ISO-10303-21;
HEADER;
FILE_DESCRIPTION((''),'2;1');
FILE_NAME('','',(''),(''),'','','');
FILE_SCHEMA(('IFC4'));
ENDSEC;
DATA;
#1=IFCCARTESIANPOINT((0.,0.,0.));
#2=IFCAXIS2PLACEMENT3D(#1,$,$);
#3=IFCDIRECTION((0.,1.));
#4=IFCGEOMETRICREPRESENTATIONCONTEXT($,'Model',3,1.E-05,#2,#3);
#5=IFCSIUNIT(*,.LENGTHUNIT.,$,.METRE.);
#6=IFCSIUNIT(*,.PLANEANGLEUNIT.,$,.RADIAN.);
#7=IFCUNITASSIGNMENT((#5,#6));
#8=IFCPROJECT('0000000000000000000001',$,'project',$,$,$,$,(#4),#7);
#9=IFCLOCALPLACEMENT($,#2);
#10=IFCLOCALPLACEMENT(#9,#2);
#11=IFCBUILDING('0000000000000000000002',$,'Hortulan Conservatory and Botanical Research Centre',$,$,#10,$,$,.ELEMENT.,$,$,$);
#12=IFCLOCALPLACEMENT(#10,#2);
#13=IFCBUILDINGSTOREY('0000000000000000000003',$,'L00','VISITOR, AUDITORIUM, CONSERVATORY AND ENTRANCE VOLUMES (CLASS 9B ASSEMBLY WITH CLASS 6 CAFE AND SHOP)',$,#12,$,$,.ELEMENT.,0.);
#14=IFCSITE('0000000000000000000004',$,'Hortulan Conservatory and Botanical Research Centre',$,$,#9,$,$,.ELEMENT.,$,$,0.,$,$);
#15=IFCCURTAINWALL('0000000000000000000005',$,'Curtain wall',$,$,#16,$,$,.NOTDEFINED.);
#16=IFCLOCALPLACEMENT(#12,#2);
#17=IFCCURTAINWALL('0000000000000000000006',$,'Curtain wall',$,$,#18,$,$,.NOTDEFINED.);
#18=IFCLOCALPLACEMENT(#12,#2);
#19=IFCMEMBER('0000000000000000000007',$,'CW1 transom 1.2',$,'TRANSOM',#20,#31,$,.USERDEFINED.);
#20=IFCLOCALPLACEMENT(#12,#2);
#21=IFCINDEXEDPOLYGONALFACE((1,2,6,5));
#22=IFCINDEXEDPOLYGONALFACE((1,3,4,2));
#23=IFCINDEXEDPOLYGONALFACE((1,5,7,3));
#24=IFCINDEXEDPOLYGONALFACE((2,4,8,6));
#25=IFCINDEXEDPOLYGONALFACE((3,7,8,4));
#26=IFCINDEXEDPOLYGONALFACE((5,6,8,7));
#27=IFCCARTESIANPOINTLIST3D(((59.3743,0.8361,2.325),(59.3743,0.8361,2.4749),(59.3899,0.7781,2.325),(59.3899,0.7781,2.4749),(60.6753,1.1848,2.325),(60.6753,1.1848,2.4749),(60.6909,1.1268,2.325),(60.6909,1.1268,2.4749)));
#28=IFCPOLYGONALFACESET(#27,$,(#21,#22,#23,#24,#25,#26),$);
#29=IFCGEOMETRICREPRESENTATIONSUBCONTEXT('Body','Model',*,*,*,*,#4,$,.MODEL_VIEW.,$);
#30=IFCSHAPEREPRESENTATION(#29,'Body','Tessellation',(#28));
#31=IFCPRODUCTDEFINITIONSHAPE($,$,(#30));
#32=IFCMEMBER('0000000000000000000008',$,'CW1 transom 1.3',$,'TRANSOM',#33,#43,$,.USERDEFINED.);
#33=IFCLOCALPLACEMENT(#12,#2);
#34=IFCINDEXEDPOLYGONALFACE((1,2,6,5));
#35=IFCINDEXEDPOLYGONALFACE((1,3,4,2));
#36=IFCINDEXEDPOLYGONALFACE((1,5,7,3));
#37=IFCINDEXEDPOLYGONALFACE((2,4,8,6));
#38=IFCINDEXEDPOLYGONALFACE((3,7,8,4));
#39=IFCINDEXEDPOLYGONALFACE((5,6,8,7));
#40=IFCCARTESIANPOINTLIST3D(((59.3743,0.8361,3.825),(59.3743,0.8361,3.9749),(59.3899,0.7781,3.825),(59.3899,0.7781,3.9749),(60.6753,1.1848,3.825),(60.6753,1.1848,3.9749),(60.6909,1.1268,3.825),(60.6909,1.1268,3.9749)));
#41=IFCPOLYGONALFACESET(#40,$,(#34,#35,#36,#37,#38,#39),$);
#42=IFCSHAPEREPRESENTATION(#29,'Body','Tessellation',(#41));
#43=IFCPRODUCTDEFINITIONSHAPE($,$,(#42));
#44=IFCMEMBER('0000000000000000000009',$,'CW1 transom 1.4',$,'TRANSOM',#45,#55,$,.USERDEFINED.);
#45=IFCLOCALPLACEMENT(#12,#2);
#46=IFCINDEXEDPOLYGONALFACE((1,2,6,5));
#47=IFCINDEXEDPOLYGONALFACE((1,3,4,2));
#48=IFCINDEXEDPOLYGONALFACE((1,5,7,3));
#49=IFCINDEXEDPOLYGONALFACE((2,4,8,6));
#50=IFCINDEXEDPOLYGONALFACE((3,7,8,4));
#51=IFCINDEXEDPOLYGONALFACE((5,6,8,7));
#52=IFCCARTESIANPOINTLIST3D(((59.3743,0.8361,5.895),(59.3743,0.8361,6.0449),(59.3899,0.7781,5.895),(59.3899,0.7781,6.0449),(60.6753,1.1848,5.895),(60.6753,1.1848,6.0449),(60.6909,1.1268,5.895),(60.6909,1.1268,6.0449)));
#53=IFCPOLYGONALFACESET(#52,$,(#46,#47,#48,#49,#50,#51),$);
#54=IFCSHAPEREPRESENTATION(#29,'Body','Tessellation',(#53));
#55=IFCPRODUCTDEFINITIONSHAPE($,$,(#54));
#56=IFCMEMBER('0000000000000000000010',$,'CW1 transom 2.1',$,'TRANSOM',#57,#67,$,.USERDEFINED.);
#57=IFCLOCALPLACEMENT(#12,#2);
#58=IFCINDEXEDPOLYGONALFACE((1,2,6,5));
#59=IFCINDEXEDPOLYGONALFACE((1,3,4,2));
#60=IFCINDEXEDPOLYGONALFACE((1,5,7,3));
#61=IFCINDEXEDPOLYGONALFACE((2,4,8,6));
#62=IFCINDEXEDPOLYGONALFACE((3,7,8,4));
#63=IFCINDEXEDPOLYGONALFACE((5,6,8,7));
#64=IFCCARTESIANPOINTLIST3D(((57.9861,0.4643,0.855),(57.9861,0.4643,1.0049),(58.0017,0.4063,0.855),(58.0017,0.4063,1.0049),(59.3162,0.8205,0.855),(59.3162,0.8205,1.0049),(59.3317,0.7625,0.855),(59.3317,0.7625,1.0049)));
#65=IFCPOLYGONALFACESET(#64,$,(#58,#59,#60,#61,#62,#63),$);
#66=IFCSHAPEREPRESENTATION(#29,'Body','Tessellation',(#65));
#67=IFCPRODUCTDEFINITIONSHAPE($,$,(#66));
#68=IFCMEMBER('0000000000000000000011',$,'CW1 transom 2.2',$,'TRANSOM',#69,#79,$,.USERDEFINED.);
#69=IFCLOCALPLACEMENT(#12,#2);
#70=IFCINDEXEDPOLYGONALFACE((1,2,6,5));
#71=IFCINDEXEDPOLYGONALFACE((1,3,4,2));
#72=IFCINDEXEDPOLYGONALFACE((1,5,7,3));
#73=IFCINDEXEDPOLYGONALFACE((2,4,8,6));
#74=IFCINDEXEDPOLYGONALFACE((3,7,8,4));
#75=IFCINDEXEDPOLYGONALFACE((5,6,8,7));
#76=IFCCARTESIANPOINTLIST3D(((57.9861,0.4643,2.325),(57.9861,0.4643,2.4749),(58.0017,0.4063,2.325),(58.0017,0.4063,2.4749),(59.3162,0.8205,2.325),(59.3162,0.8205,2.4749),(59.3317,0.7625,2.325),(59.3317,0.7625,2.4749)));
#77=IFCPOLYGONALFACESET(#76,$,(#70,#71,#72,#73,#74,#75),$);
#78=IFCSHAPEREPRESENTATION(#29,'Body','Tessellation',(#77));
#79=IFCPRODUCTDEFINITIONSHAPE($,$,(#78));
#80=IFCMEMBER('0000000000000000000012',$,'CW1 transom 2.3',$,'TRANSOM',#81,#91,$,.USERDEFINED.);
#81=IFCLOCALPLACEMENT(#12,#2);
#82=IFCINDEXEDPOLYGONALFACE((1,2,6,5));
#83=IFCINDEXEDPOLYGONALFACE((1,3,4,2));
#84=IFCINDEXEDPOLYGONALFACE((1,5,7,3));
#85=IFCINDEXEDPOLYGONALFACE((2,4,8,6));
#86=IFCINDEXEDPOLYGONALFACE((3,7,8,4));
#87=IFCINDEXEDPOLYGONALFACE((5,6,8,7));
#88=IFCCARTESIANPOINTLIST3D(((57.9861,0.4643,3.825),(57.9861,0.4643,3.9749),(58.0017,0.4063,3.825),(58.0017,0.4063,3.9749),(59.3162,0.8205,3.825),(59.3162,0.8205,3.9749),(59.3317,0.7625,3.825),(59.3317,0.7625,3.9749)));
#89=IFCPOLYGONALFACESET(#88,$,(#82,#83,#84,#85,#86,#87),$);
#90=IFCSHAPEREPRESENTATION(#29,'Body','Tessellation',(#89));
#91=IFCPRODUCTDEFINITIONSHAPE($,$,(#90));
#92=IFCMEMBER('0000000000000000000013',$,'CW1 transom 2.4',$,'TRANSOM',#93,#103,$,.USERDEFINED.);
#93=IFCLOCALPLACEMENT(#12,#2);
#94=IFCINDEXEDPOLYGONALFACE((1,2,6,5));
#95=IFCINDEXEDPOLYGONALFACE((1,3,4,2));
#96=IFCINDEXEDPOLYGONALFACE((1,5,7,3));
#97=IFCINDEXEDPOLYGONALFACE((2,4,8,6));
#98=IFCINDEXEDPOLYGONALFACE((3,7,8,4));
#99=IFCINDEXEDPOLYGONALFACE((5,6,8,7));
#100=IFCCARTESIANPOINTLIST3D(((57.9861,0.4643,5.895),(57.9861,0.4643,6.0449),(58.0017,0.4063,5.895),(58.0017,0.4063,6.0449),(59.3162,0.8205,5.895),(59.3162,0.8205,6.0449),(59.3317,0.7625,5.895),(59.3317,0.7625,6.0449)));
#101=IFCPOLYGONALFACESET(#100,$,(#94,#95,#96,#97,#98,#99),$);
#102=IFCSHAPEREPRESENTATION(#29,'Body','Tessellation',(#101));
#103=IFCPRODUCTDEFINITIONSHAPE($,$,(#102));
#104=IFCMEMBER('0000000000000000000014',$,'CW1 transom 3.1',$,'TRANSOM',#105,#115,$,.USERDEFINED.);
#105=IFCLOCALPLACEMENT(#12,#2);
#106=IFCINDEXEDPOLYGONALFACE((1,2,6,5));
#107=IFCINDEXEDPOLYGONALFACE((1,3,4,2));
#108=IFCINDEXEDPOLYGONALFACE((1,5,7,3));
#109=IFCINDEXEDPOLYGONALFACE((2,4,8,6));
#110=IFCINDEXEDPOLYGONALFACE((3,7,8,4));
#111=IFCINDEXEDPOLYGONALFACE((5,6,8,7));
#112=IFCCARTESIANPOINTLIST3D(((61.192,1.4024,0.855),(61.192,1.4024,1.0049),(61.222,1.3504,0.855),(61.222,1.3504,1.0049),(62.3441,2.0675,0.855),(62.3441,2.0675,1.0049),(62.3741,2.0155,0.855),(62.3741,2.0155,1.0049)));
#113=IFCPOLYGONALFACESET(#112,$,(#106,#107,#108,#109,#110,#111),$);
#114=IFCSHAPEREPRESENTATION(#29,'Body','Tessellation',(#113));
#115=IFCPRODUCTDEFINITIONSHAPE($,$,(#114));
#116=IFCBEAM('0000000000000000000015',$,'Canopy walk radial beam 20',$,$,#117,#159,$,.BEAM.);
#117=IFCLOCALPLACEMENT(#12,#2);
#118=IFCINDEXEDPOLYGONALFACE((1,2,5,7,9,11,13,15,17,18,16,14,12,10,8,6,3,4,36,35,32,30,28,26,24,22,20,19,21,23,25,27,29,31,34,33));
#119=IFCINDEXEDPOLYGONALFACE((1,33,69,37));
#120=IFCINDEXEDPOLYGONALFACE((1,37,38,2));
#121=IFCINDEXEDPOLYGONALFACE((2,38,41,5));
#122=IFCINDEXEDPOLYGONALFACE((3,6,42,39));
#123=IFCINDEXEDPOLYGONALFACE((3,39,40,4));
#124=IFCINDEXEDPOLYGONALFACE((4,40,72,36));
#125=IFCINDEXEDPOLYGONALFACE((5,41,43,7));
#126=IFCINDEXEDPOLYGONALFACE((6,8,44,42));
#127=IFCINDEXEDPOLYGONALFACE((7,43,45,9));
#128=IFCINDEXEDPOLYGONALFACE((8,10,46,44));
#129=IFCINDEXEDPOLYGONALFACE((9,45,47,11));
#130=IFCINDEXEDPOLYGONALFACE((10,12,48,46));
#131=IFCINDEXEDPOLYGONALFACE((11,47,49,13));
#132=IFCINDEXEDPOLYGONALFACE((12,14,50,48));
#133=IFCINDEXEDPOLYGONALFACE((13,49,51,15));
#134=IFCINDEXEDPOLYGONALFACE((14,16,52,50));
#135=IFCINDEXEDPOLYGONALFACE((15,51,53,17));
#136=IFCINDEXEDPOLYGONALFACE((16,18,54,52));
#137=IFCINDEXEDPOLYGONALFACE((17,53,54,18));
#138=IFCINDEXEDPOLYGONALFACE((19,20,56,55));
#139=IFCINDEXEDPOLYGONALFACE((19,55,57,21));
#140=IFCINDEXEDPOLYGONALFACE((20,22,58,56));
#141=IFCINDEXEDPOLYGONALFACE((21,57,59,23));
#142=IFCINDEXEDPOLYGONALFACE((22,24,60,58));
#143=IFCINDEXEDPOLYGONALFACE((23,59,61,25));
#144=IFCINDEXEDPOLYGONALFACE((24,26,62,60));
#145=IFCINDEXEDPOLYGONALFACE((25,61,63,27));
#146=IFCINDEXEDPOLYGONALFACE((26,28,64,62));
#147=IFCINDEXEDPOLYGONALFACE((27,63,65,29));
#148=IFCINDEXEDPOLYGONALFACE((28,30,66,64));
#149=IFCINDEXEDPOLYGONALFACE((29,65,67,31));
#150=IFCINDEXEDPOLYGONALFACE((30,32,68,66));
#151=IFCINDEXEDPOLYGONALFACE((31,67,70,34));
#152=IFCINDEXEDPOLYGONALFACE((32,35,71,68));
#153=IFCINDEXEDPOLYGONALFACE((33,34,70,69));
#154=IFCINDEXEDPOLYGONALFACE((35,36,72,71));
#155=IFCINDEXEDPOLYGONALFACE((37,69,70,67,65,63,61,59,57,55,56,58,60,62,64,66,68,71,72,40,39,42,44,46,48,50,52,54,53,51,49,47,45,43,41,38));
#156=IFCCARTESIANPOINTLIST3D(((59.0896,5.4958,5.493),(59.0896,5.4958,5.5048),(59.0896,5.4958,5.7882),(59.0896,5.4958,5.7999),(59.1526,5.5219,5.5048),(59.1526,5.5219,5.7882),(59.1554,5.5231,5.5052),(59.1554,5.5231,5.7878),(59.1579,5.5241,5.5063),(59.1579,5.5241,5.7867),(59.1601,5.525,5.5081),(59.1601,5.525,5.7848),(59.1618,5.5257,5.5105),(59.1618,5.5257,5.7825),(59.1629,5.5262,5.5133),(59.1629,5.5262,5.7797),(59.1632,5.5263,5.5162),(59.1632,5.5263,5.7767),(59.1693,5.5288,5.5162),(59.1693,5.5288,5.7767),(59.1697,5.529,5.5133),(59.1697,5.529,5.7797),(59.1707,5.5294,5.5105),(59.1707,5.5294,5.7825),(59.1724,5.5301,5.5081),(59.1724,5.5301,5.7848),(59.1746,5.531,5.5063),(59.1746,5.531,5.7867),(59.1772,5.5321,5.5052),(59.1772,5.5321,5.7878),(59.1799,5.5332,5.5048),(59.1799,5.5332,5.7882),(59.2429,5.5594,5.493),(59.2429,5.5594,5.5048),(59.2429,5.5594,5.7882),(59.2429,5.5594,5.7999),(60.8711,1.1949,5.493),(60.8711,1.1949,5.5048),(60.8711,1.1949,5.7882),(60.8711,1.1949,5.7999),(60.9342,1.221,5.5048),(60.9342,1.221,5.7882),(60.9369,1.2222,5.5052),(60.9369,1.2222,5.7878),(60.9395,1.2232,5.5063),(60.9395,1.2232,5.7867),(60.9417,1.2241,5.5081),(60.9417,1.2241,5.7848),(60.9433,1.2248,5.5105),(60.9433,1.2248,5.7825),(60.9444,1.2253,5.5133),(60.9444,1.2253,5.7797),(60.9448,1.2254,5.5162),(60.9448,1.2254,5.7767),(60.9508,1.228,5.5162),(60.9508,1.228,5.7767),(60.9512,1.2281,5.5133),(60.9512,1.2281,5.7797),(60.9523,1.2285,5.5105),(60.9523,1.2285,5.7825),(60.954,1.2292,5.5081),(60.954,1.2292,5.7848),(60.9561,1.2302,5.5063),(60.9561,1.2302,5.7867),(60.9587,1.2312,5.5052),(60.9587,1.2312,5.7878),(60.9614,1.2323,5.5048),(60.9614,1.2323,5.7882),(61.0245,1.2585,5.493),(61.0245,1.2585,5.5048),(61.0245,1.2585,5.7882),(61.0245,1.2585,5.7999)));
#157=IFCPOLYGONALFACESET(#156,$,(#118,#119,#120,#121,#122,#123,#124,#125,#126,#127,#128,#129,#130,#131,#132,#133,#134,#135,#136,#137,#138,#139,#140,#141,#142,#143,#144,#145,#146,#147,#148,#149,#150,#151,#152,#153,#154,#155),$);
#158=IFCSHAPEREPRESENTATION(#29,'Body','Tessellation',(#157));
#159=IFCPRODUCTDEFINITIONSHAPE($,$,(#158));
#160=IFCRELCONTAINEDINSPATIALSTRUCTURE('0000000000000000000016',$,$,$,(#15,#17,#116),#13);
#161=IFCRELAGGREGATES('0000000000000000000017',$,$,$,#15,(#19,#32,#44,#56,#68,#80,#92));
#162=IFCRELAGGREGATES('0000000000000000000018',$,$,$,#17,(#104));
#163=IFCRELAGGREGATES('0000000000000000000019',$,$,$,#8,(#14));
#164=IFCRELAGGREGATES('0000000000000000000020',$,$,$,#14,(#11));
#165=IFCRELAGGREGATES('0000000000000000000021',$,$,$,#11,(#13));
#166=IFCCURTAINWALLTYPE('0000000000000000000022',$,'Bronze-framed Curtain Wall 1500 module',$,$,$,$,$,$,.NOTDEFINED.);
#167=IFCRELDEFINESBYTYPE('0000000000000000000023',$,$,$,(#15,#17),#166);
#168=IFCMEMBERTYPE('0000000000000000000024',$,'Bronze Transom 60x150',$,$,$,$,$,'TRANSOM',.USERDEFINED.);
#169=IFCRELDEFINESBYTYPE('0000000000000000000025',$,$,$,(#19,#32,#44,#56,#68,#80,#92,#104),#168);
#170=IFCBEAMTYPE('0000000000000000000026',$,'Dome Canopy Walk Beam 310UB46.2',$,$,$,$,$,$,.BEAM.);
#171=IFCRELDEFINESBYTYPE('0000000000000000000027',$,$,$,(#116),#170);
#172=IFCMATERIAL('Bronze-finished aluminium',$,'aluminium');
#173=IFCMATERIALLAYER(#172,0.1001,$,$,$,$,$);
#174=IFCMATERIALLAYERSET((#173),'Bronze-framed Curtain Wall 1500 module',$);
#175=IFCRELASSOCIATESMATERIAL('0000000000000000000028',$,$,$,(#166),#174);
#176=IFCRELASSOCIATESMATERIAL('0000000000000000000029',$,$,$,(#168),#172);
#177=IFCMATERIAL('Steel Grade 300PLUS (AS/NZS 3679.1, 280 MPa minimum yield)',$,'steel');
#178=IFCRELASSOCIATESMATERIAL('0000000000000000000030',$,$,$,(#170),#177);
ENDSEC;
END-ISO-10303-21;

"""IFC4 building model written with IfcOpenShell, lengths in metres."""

from ifc_helpers import new_model, si_unit, direction, frame, origin, origin_2d, place, context, subcontext, project, spatial, rectangle, i_section, extrude, material, layer, layer_set, material_profile, profile_set, type_object, element, aggregate, save


model = new_model("IFC4")

# Units and contexts
model_context = context("Model", 3, precision=1e-05, world=origin(), true_north=direction((0.0, 1.0)))
body_context = subcontext(model_context, "Body", "Model", "MODEL_VIEW")
ifc_project = project(units=[si_unit("LENGTHUNIT", "METRE"), si_unit("PLANEANGLEUNIT", "RADIAN")], contexts=[model_context])

# Site, building, storey
site_placement = place(None, origin())
site = spatial("IfcSite", under=ifc_project, at=site_placement, Name="Hortulan Conservatory and Botanical Research Centre", CompositionType="ELEMENT", RefElevation=0.0)
building_placement = place(site_placement, origin())
building = spatial("IfcBuilding", under=site, at=building_placement, Name="Hortulan Conservatory and Botanical Research Centre", CompositionType="ELEMENT")
storey_placement = place(building_placement, origin())
storey = spatial("IfcBuildingStorey", under=building, at=storey_placement, Name="L00", Description="VISITOR, AUDITORIUM, CONSERVATORY AND ENTRANCE VOLUMES (CLASS 9B ASSEMBLY WITH CLASS 6 CAFE AND SHOP)", CompositionType="ELEMENT", Elevation=0.0)

# Curtain wall
ifc_material_1 = material(Name="Bronze-finished aluminium", Category="aluminium")
ifc_layer_1 = layer(ifc_material_1, 0.1001)
ifc_layer_set_1 = layer_set([ifc_layer_1], Name="Bronze-framed Curtain Wall 1500 module")
curtain_wall_type = type_object("IfcCurtainWallType", Name="Bronze-framed Curtain Wall 1500 module", PredefinedType="NOTDEFINED", material=ifc_layer_set_1)
curtain_wall_1_placement = place(storey_placement, origin())
curtain_wall_1 = element("IfcCurtainWall", 1, at=curtain_wall_1_placement, inside=storey, type_object=curtain_wall_type, Name="Curtain wall", PredefinedType="NOTDEFINED")

# Curtain wall
curtain_wall_2_placement = place(storey_placement, origin())
curtain_wall_2 = element("IfcCurtainWall", 2, at=curtain_wall_2_placement, inside=storey, type_object=curtain_wall_type, Name="Curtain wall", PredefinedType="NOTDEFINED")

# Members
ifc_material_profile_1 = material_profile(ifc_material_1, rectangle(XDim=0.0601, YDim=0.1499, at=origin_2d()), Name="Bronze Transom 60x150")
ifc_profile_set_1 = profile_set([ifc_material_profile_1], Name="Bronze-finished aluminium")
member_type_1 = type_object("IfcMemberType", Name="Bronze Transom 60x150", ElementType="TRANSOM", PredefinedType="USERDEFINED", material=ifc_profile_set_1)
member_1_placement = place(storey_placement, frame((60.6831, 1.1558, 2.3999), z_axis=(-0.965921, -0.258836, 0.0), x_axis=(0.258836, -0.965921, 0.0)))
member_1 = element("IfcMember", 3, at=member_1_placement, type_object=member_type_1, Name="CW1 transom 1.2", ObjectType="TRANSOM", PredefinedType="USERDEFINED", context=body_context, shape_type="SweptSolid", body=[
    extrude(rectangle(XDim=0.0601, YDim=0.1499, at=origin_2d()), origin(), (0.0, 0.0, 1.0), 1.3469),
])
member_2_placement = place(storey_placement, frame((60.6831, 1.1558, 3.8999), z_axis=(-0.965921, -0.258836, 0.0), x_axis=(0.258836, -0.965921, 0.0)))
member_2 = element("IfcMember", 4, at=member_2_placement, type_object=member_type_1, Name="CW1 transom 1.3", ObjectType="TRANSOM", PredefinedType="USERDEFINED", context=body_context, shape_type="SweptSolid", body=[
    extrude(rectangle(XDim=0.0601, YDim=0.1499, at=origin_2d()), origin(), (0.0, 0.0, 1.0), 1.3469),
])
member_3_placement = place(storey_placement, frame((60.6831, 1.1558, 5.97), z_axis=(-0.965921, -0.258836, 0.0), x_axis=(0.258836, -0.965921, 0.0)))
member_3 = element("IfcMember", 5, at=member_3_placement, type_object=member_type_1, Name="CW1 transom 1.4", ObjectType="TRANSOM", PredefinedType="USERDEFINED", context=body_context, shape_type="SweptSolid", body=[
    extrude(rectangle(XDim=0.0601, YDim=0.1499, at=origin_2d()), origin(), (0.0, 0.0, 1.0), 1.3469),
])
member_4_placement = place(storey_placement, frame((59.324, 0.7915, 0.9299), z_axis=(-0.965961, -0.258689, 0.0), x_axis=(0.258689, -0.965961, 0.0)))
member_4 = element("IfcMember", 6, at=member_4_placement, type_object=member_type_1, Name="CW1 transom 2.1", ObjectType="TRANSOM", PredefinedType="USERDEFINED", context=body_context, shape_type="SweptSolid", body=[
    extrude(rectangle(XDim=0.0601, YDim=0.1499, at=origin_2d()), origin(), (0.0, 0.0, 1.0), 1.377),
])
member_5_placement = place(storey_placement, frame((59.324, 0.7915, 2.3999), z_axis=(-0.965961, -0.258689, 0.0), x_axis=(0.258689, -0.965961, 0.0)))
member_5 = element("IfcMember", 7, at=member_5_placement, type_object=member_type_1, Name="CW1 transom 2.2", ObjectType="TRANSOM", PredefinedType="USERDEFINED", context=body_context, shape_type="SweptSolid", body=[
    extrude(rectangle(XDim=0.0601, YDim=0.1499, at=origin_2d()), origin(), (0.0, 0.0, 1.0), 1.377),
])
member_6_placement = place(storey_placement, frame((59.324, 0.7915, 3.8999), z_axis=(-0.965961, -0.258689, 0.0), x_axis=(0.258689, -0.965961, 0.0)))
member_6 = element("IfcMember", 8, at=member_6_placement, type_object=member_type_1, Name="CW1 transom 2.3", ObjectType="TRANSOM", PredefinedType="USERDEFINED", context=body_context, shape_type="SweptSolid", body=[
    extrude(rectangle(XDim=0.0601, YDim=0.1499, at=origin_2d()), origin(), (0.0, 0.0, 1.0), 1.377),
])
member_7_placement = place(storey_placement, frame((59.324, 0.7915, 5.97), z_axis=(-0.965961, -0.258689, 0.0), x_axis=(0.258689, -0.965961, 0.0)))
member_7 = element("IfcMember", 9, at=member_7_placement, type_object=member_type_1, Name="CW1 transom 2.4", ObjectType="TRANSOM", PredefinedType="USERDEFINED", context=body_context, shape_type="SweptSolid", body=[
    extrude(rectangle(XDim=0.0601, YDim=0.1499, at=origin_2d()), origin(), (0.0, 0.0, 1.0), 1.377),
])
member_8_placement = place(storey_placement, frame((62.3591, 2.0415, 0.9299), z_axis=(-0.866066, -0.499929, 0.0), x_axis=(0.499929, -0.866066, 0.0)))
member_8 = element("IfcMember", 10, at=member_8_placement, type_object=member_type_1, Name="CW1 transom 3.1", ObjectType="TRANSOM", PredefinedType="USERDEFINED", context=body_context, shape_type="SweptSolid", body=[
    extrude(rectangle(XDim=0.0601, YDim=0.1499, at=origin_2d()), origin(), (0.0, 0.0, 1.0), 1.3303),
])

# Beam
ifc_material_2 = material(Name="Steel Grade 300PLUS (AS/NZS 3679.1, 280 MPa minimum yield)", Category="steel")
ifc_material_profile_2 = material_profile(ifc_material_2, i_section(OverallWidth=0.166, OverallDepth=0.3069, WebThickness=0.0066, FlangeThickness=0.0117, FilletRadius=0.0115, at=origin_2d()), Name="310UB46.2")
ifc_profile_set_2 = profile_set([ifc_material_profile_2], Name="Steel Grade 300PLUS (AS/NZS 3679.1, 280 MPa minimum yield)")
beam_type = type_object("IfcBeamType", Name="Dome Canopy Walk Beam 310UB46.2", PredefinedType="BEAM", material=ifc_profile_set_2)
beam_1_placement = place(storey_placement, frame((59.1663, 5.5276, 5.6465), z_axis=(0.382693, -0.923876, 0.0), x_axis=(0.923876, 0.382693, 0.0)))
element("IfcBeam", 11, at=beam_1_placement, inside=storey, type_object=beam_type, Name="Canopy walk radial beam 20", PredefinedType="BEAM", context=body_context, shape_type="SweptSolid", body=[
    extrude(i_section(OverallWidth=0.166, OverallDepth=0.3069, WebThickness=0.0066, FlangeThickness=0.0117, FilletRadius=0.0115, at=origin_2d()), origin(), (0.0, 0.0, 1.0), 4.6553),
])

aggregate(curtain_wall_1, [member_1, member_2, member_3, member_4, member_5, member_6, member_7])
aggregate(curtain_wall_2, [member_8])

save(model, "model.ifc")
